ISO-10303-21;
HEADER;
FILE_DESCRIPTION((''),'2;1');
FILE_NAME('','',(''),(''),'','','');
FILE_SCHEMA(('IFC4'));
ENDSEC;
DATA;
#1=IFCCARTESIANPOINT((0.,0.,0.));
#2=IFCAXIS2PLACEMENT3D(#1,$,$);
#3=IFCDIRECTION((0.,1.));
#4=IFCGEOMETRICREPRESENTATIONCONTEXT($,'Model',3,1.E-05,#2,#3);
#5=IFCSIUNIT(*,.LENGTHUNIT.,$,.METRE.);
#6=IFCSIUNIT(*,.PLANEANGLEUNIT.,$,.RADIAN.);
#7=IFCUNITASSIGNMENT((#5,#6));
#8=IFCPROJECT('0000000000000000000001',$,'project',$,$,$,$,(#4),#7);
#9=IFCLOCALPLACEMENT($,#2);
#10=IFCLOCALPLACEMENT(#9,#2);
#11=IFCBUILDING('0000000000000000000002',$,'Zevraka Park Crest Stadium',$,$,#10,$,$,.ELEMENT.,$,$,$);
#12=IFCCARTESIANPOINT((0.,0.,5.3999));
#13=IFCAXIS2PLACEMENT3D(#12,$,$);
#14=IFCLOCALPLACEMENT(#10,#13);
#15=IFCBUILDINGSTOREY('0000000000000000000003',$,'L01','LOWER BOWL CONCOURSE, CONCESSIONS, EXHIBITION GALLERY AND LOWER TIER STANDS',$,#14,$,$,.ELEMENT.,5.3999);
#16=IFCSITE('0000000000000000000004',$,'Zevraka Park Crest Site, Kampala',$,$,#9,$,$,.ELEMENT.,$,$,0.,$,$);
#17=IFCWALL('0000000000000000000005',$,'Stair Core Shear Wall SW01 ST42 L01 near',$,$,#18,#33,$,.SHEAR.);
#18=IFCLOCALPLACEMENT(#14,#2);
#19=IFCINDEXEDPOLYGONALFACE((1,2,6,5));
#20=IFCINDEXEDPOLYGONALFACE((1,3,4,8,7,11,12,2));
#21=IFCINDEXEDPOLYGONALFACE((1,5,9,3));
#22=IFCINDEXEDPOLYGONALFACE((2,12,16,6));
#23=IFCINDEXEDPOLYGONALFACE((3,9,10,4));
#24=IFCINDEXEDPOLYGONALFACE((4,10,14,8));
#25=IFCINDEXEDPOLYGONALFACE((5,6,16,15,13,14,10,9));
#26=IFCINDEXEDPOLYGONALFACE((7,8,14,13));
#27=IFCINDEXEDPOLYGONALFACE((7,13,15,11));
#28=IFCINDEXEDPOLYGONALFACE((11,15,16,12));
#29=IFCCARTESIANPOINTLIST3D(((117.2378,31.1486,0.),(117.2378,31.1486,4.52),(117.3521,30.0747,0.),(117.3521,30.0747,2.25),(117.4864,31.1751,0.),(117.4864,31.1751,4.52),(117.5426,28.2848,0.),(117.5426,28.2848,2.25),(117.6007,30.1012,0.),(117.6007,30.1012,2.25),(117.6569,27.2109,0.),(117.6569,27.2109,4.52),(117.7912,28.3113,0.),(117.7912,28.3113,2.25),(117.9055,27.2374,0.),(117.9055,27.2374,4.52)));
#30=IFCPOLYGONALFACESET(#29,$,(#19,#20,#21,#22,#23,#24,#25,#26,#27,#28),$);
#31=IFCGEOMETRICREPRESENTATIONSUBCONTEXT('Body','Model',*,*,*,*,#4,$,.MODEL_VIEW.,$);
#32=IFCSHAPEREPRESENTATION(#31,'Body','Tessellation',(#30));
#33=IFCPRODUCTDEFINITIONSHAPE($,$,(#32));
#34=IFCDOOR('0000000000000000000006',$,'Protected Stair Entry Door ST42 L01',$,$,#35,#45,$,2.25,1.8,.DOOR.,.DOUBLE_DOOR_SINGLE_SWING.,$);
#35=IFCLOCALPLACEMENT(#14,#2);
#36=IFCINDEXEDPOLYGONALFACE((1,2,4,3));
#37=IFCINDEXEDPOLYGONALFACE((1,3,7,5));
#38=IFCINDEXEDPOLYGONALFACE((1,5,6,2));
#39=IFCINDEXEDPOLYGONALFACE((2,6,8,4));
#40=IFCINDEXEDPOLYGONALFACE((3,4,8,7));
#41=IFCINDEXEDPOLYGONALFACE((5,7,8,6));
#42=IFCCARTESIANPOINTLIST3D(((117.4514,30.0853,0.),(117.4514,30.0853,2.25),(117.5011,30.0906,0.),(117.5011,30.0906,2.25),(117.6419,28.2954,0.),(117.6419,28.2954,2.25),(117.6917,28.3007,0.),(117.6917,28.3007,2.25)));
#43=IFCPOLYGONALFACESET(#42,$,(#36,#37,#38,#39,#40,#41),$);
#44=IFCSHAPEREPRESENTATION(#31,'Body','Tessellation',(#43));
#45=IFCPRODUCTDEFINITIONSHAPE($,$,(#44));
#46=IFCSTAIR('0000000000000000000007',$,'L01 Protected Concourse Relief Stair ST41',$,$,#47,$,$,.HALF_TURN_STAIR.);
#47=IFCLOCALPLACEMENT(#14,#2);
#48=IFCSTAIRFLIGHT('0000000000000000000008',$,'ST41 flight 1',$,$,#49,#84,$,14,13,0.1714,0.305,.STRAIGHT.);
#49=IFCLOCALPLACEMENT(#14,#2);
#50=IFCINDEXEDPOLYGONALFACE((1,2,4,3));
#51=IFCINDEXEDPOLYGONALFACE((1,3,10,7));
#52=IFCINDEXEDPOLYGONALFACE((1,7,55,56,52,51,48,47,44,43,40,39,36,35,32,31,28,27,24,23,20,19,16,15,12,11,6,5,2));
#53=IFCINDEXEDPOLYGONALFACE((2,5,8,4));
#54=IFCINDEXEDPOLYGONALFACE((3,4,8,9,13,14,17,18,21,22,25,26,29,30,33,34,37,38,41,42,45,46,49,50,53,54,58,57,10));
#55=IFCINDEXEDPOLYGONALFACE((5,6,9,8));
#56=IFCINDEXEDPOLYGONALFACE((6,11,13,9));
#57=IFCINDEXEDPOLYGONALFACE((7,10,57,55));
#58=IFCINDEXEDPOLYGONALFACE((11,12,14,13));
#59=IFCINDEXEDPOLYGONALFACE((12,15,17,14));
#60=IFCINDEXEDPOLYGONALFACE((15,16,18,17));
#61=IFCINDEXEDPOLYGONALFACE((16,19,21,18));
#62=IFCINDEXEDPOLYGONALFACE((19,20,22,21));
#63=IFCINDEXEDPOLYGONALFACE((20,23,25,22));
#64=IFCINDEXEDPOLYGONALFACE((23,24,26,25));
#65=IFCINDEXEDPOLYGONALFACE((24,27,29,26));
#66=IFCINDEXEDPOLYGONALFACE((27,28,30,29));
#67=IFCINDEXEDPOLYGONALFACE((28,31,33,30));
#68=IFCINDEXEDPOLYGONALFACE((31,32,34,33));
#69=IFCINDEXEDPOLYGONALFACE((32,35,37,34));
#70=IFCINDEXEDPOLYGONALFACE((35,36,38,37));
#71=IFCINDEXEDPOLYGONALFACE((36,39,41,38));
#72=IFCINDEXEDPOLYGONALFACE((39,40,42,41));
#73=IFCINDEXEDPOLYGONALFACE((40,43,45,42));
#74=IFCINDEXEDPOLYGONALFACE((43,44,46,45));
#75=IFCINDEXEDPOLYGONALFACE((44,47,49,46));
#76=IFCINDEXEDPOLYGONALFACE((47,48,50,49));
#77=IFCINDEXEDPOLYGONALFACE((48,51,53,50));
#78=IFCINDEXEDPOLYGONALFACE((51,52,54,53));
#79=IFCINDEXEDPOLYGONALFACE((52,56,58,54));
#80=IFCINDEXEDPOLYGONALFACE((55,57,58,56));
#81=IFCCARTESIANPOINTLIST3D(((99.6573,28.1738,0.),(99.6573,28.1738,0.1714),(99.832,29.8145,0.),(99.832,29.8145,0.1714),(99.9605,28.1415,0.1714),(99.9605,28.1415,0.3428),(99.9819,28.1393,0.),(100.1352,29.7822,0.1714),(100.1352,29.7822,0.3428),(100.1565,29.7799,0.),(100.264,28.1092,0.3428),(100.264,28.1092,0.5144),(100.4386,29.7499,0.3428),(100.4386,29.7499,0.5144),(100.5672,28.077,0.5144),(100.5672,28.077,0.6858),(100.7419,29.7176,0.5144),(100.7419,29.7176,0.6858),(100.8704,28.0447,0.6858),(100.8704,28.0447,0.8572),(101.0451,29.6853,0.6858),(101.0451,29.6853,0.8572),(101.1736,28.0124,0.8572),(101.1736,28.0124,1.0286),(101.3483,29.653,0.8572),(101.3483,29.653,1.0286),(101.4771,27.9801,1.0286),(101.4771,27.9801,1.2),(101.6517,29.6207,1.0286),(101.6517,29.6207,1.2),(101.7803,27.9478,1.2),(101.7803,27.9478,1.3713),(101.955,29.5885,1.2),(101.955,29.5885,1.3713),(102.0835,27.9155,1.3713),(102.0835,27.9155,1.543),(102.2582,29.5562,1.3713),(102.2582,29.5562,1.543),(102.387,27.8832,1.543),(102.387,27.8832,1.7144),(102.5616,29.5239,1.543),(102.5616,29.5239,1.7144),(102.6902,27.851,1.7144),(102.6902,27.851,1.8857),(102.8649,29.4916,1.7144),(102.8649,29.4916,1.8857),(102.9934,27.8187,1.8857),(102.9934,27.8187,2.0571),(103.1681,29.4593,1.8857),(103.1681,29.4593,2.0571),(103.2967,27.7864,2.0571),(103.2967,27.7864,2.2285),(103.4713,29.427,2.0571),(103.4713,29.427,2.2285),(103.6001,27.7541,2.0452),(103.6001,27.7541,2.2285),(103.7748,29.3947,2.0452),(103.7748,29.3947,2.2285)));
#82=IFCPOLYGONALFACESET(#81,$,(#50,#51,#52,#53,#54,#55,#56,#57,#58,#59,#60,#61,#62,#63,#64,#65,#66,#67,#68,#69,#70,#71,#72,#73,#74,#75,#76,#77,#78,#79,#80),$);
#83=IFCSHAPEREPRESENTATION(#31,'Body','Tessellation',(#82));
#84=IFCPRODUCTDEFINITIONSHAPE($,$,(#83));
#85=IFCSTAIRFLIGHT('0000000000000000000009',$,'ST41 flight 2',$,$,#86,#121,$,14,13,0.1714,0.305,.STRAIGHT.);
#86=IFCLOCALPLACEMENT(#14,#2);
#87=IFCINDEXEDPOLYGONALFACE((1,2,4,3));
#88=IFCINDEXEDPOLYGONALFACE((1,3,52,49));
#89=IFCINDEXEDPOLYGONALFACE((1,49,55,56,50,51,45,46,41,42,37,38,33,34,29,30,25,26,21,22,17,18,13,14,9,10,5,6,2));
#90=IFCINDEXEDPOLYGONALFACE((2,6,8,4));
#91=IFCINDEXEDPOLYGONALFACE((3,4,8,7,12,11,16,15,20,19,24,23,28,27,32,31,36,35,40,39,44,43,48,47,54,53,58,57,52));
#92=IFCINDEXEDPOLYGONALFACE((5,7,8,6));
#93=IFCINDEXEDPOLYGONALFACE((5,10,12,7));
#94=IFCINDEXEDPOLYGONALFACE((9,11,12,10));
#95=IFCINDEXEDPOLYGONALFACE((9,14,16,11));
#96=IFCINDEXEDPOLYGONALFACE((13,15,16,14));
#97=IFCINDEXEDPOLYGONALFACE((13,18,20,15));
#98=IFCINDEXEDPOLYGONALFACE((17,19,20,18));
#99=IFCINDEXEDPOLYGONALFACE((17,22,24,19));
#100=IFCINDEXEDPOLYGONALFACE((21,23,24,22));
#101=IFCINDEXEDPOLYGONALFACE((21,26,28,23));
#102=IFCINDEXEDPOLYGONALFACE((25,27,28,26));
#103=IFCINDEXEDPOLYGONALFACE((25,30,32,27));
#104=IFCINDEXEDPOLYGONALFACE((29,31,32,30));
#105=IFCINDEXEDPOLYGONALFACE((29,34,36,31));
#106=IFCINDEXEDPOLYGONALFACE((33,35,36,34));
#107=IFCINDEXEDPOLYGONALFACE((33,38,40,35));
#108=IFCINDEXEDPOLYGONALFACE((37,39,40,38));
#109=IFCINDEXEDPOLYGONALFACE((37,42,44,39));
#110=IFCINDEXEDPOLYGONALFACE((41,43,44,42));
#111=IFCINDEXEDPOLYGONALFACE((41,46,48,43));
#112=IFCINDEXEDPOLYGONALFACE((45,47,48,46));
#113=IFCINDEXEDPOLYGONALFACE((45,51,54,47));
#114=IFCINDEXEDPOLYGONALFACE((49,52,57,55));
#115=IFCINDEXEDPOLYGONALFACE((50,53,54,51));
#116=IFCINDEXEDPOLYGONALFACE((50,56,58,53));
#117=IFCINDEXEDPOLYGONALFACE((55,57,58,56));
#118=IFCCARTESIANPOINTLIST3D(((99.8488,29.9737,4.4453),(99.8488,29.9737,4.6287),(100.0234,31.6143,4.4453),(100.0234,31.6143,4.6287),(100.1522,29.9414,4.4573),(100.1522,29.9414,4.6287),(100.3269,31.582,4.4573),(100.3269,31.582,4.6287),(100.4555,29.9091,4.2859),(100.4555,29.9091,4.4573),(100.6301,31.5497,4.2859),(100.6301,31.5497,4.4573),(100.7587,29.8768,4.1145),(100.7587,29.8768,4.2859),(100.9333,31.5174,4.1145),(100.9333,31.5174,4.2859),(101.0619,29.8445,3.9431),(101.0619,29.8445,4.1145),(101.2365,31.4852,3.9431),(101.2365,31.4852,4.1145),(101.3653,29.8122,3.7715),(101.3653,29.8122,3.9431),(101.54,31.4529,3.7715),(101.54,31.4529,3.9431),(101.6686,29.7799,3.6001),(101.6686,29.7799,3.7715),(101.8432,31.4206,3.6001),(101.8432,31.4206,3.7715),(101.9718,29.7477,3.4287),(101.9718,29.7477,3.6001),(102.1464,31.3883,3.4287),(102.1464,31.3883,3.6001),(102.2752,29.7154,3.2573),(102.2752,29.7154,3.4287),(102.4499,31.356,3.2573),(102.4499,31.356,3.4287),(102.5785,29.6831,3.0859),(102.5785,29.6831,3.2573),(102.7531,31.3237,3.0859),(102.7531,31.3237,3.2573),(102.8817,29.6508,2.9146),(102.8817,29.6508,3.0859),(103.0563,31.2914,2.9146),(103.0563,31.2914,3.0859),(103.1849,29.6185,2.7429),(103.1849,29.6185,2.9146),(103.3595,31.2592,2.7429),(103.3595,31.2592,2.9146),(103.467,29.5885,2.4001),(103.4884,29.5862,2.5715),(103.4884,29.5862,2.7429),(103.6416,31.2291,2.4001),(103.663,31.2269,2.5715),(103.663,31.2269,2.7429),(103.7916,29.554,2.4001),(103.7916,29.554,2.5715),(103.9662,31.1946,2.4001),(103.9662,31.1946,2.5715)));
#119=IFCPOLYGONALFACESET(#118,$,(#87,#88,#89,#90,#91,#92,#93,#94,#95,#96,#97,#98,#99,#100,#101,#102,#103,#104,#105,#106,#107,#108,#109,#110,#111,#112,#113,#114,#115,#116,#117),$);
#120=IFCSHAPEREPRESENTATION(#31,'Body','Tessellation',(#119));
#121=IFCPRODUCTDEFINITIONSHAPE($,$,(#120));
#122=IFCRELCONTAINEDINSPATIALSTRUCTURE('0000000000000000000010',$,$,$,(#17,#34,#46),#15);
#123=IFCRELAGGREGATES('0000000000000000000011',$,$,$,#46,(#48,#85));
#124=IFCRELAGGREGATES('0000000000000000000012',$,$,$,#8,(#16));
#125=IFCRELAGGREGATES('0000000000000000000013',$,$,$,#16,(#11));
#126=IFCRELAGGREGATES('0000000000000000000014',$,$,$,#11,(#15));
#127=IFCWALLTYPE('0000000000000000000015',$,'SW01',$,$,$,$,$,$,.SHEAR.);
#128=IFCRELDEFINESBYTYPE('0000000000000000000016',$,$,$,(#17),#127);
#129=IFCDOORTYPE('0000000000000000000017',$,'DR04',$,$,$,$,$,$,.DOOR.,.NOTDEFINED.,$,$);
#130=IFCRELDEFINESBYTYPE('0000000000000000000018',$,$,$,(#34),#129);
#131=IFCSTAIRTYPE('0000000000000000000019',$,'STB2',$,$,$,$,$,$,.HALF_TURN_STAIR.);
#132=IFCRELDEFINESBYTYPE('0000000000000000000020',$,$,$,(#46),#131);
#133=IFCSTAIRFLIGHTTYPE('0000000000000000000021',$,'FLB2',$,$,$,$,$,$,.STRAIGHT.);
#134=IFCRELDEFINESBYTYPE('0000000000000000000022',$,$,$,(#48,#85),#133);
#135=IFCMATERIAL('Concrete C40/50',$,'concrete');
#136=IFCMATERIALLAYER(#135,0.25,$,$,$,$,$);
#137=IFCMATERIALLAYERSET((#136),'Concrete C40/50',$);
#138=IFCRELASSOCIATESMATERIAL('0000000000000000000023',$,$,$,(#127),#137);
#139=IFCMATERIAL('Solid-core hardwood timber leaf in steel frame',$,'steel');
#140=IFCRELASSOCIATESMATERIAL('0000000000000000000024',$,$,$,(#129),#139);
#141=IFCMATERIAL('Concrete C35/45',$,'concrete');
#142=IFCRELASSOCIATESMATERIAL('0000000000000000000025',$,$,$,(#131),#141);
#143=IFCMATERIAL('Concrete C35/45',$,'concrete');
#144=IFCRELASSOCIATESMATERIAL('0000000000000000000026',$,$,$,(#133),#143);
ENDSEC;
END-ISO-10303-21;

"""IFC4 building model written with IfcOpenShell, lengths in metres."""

from ifc_helpers import new_model, si_unit, direction, frame, frame_2d, origin, place, context, subcontext, project, spatial, polyline, rectangle, outline, extrude, material, layer, layer_set, type_object, element, fill, aggregate, save


model = new_model("IFC4")

# Units and contexts
model_context = context("Model", 3, precision=1e-05, world=origin(), true_north=direction((0.0, 1.0)))
body_context = subcontext(model_context, "Body", "Model", "MODEL_VIEW")
ifc_project = project(units=[si_unit("LENGTHUNIT", "METRE"), si_unit("PLANEANGLEUNIT", "RADIAN")], contexts=[model_context])

# Site, building, storey
site_placement = place(None, origin())
site = spatial("IfcSite", under=ifc_project, at=site_placement, Name="Zevraka Park Crest Site, Kampala", CompositionType="ELEMENT", RefElevation=0.0)
building_placement = place(site_placement, origin())
building = spatial("IfcBuilding", under=site, at=building_placement, Name="Zevraka Park Crest Stadium", CompositionType="ELEMENT")
storey_placement = place(building_placement, frame((0.0, 0.0, 5.3999)))
storey = spatial("IfcBuildingStorey", under=building, at=storey_placement, Name="L01", Description="LOWER BOWL CONCOURSE, CONCESSIONS, EXHIBITION GALLERY AND LOWER TIER STANDS", CompositionType="ELEMENT", Elevation=5.3999)

# Shared definitions
ifc_material_1 = material(Name="Concrete C40/50", Category="concrete")
ifc_layer_1 = layer(ifc_material_1, 0.25)
ifc_layer_set_1 = layer_set([ifc_layer_1], Name="Concrete C40/50")
wall_type = type_object("IfcWallType", Name="SW01", PredefinedType="SHEAR", material=ifc_layer_set_1)

# Wall, opening, door
wall_1_placement = place(storey_placement, frame((117.3621, 31.1619, 0.0), z_axis=(0.0, 0.0, 1.0), x_axis=(0.105856, -0.994381, 0.0)))
wall_1 = element("IfcWall", 1, at=wall_1_placement, inside=storey, type_object=wall_type, Name="Stair Core Shear Wall SW01 ST42 L01 near", PredefinedType="SHEAR", context=body_context, shape_type="SweptSolid", body=[
    extrude(rectangle(XDim=3.96, YDim=0.25, at=frame_2d((1.98, 0.0))), origin(), (0.0, 0.0, 1.0), 4.52),
])
opening_placement = place(wall_1_placement, frame((1.0801, 0.0, 0.0)))
opening = element("IfcOpeningElement", 2, at=opening_placement, cuts=wall_1, PredefinedType="OPENING", context=body_context, shape_type="SweptSolid", body=[
    extrude(rectangle(XDim=1.8, YDim=2.25, at=frame_2d((0.8999, 1.125))), frame((0.0, 0.135, 0.0), z_axis=(0.0, -1.0, 0.0), x_axis=(1.0, 0.0, 0.0)), (0.0, 0.0, 1.0), 0.27),
])
ifc_material_2 = material(Name="Solid-core hardwood timber leaf in steel frame", Category="steel")
door_type = type_object("IfcDoorType", Name="DR04", OperationType="NOTDEFINED", PredefinedType="DOOR", material=ifc_material_2)
door_placement = place(opening_placement, origin())
door = element("IfcDoor", 3, at=door_placement, inside=storey, type_object=door_type, Name="Protected Stair Entry Door ST42 L01", OperationType="DOUBLE_DOOR_SINGLE_SWING", OverallHeight=2.25, OverallWidth=1.8, PredefinedType="DOOR", context=body_context, shape_type="SweptSolid", body=[
    extrude(rectangle(XDim=1.8, YDim=2.25, at=frame_2d((0.8999, 1.125))), frame((0.0, 0.0249, 0.0), z_axis=(0.0, -1.0, 0.0), x_axis=(1.0, 0.0, 0.0)), (0.0, 0.0, 1.0), 0.05),
])
fill(opening, door)

# Stair, stair flights
ifc_material_3 = material(Name="Concrete C35/45", Category="concrete")
stair_type = type_object("IfcStairType", Name="STB2", PredefinedType="HALF_TURN_STAIR", material=ifc_material_3)
stair_placement = place(storey_placement, origin())
stair = element("IfcStair", 4, at=stair_placement, inside=storey, type_object=stair_type, Name="L01 Protected Concourse Relief Stair ST41", PredefinedType="HALF_TURN_STAIR")
ifc_material_4 = material(Name="Concrete C35/45", Category="concrete")
stair_flight_type = type_object("IfcStairFlightType", Name="FLB2", PredefinedType="STRAIGHT", material=ifc_material_4)
stair_flight_1_placement = place(storey_placement, frame((99.7446, 28.9941, 0.0), z_axis=(0.0, 0.0, 1.0), x_axis=(0.994382, -0.105853, 0.0)))
stair_flight_1 = element("IfcStairFlight", 5, at=stair_flight_1_placement, type_object=stair_flight_type, Name="ST41 flight 1", NumberOfRisers=14, NumberOfTreads=13, PredefinedType="STRAIGHT", RiserHeight=0.1714, TreadLength=0.305, context=body_context, shape_type="SweptSolid", body=[
    extrude(outline(polyline([(0.0, 0.0), (0.0, 0.1714), (0.3049, 0.1714), (0.3049, 0.3428), (0.6101, 0.3428), (0.6101, 0.5144), (0.915, 0.5144), (0.915, 0.6858), (1.22, 0.6858), (1.22, 0.8572), (1.5249, 0.8572), (1.5249, 1.0286), (1.8301, 1.0286), (1.8301, 1.2), (2.135, 1.2), (2.135, 1.3713), (2.4399, 1.3713), (2.4399, 1.543), (2.7451, 1.543), (2.7451, 1.7144), (3.05, 1.7144), (3.05, 1.8857), (3.355, 1.8857), (3.355, 2.0571), (3.6599, 2.0571), (3.6599, 2.2285), (3.9651, 2.2285), (3.9651, 2.3999), (3.9651, 2.0452), (0.3264, 0.0), (0.0, 0.0)])), frame((0.0, 0.825, 0.0), z_axis=(0.0, -1.0, 0.0), x_axis=(1.0, 0.0, 0.0)), (0.0, 0.0, 1.0), 1.6499),
])
stair_flight_2_placement = place(storey_placement, frame((103.8789, 30.3743, 2.4001), z_axis=(0.0, 0.0, 1.0), x_axis=(-0.994382, 0.105853, 0.0)))
stair_flight_2 = element("IfcStairFlight", 6, at=stair_flight_2_placement, type_object=stair_flight_type, Name="ST41 flight 2", NumberOfRisers=14, NumberOfTreads=13, PredefinedType="STRAIGHT", RiserHeight=0.1714, TreadLength=0.305, context=body_context, shape_type="SweptSolid", body=[
    extrude(outline(polyline([(0.0, 0.0), (0.0, 0.1714), (0.3049, 0.1714), (0.3049, 0.3428), (0.6101, 0.3428), (0.6101, 0.5144), (0.915, 0.5144), (0.915, 0.6858), (1.22, 0.6858), (1.22, 0.8572), (1.5249, 0.8572), (1.5249, 1.0286), (1.8301, 1.0286), (1.8301, 1.2), (2.135, 1.2), (2.135, 1.3713), (2.4399, 1.3713), (2.4399, 1.543), (2.7451, 1.543), (2.7451, 1.7144), (3.05, 1.7144), (3.05, 1.8857), (3.355, 1.8857), (3.355, 2.0571), (3.6599, 2.0571), (3.6599, 2.2285), (3.9651, 2.2285), (3.9651, 2.3999), (3.9651, 2.0452), (0.3264, 0.0), (0.0, 0.0)])), frame((0.0, 0.825, 0.0), z_axis=(0.0, -1.0, 0.0), x_axis=(1.0, 0.0, 0.0)), (0.0, 0.0, 1.0), 1.6499),
])
aggregate(stair, [stair_flight_1, stair_flight_2])

save(model, "model.ifc")
